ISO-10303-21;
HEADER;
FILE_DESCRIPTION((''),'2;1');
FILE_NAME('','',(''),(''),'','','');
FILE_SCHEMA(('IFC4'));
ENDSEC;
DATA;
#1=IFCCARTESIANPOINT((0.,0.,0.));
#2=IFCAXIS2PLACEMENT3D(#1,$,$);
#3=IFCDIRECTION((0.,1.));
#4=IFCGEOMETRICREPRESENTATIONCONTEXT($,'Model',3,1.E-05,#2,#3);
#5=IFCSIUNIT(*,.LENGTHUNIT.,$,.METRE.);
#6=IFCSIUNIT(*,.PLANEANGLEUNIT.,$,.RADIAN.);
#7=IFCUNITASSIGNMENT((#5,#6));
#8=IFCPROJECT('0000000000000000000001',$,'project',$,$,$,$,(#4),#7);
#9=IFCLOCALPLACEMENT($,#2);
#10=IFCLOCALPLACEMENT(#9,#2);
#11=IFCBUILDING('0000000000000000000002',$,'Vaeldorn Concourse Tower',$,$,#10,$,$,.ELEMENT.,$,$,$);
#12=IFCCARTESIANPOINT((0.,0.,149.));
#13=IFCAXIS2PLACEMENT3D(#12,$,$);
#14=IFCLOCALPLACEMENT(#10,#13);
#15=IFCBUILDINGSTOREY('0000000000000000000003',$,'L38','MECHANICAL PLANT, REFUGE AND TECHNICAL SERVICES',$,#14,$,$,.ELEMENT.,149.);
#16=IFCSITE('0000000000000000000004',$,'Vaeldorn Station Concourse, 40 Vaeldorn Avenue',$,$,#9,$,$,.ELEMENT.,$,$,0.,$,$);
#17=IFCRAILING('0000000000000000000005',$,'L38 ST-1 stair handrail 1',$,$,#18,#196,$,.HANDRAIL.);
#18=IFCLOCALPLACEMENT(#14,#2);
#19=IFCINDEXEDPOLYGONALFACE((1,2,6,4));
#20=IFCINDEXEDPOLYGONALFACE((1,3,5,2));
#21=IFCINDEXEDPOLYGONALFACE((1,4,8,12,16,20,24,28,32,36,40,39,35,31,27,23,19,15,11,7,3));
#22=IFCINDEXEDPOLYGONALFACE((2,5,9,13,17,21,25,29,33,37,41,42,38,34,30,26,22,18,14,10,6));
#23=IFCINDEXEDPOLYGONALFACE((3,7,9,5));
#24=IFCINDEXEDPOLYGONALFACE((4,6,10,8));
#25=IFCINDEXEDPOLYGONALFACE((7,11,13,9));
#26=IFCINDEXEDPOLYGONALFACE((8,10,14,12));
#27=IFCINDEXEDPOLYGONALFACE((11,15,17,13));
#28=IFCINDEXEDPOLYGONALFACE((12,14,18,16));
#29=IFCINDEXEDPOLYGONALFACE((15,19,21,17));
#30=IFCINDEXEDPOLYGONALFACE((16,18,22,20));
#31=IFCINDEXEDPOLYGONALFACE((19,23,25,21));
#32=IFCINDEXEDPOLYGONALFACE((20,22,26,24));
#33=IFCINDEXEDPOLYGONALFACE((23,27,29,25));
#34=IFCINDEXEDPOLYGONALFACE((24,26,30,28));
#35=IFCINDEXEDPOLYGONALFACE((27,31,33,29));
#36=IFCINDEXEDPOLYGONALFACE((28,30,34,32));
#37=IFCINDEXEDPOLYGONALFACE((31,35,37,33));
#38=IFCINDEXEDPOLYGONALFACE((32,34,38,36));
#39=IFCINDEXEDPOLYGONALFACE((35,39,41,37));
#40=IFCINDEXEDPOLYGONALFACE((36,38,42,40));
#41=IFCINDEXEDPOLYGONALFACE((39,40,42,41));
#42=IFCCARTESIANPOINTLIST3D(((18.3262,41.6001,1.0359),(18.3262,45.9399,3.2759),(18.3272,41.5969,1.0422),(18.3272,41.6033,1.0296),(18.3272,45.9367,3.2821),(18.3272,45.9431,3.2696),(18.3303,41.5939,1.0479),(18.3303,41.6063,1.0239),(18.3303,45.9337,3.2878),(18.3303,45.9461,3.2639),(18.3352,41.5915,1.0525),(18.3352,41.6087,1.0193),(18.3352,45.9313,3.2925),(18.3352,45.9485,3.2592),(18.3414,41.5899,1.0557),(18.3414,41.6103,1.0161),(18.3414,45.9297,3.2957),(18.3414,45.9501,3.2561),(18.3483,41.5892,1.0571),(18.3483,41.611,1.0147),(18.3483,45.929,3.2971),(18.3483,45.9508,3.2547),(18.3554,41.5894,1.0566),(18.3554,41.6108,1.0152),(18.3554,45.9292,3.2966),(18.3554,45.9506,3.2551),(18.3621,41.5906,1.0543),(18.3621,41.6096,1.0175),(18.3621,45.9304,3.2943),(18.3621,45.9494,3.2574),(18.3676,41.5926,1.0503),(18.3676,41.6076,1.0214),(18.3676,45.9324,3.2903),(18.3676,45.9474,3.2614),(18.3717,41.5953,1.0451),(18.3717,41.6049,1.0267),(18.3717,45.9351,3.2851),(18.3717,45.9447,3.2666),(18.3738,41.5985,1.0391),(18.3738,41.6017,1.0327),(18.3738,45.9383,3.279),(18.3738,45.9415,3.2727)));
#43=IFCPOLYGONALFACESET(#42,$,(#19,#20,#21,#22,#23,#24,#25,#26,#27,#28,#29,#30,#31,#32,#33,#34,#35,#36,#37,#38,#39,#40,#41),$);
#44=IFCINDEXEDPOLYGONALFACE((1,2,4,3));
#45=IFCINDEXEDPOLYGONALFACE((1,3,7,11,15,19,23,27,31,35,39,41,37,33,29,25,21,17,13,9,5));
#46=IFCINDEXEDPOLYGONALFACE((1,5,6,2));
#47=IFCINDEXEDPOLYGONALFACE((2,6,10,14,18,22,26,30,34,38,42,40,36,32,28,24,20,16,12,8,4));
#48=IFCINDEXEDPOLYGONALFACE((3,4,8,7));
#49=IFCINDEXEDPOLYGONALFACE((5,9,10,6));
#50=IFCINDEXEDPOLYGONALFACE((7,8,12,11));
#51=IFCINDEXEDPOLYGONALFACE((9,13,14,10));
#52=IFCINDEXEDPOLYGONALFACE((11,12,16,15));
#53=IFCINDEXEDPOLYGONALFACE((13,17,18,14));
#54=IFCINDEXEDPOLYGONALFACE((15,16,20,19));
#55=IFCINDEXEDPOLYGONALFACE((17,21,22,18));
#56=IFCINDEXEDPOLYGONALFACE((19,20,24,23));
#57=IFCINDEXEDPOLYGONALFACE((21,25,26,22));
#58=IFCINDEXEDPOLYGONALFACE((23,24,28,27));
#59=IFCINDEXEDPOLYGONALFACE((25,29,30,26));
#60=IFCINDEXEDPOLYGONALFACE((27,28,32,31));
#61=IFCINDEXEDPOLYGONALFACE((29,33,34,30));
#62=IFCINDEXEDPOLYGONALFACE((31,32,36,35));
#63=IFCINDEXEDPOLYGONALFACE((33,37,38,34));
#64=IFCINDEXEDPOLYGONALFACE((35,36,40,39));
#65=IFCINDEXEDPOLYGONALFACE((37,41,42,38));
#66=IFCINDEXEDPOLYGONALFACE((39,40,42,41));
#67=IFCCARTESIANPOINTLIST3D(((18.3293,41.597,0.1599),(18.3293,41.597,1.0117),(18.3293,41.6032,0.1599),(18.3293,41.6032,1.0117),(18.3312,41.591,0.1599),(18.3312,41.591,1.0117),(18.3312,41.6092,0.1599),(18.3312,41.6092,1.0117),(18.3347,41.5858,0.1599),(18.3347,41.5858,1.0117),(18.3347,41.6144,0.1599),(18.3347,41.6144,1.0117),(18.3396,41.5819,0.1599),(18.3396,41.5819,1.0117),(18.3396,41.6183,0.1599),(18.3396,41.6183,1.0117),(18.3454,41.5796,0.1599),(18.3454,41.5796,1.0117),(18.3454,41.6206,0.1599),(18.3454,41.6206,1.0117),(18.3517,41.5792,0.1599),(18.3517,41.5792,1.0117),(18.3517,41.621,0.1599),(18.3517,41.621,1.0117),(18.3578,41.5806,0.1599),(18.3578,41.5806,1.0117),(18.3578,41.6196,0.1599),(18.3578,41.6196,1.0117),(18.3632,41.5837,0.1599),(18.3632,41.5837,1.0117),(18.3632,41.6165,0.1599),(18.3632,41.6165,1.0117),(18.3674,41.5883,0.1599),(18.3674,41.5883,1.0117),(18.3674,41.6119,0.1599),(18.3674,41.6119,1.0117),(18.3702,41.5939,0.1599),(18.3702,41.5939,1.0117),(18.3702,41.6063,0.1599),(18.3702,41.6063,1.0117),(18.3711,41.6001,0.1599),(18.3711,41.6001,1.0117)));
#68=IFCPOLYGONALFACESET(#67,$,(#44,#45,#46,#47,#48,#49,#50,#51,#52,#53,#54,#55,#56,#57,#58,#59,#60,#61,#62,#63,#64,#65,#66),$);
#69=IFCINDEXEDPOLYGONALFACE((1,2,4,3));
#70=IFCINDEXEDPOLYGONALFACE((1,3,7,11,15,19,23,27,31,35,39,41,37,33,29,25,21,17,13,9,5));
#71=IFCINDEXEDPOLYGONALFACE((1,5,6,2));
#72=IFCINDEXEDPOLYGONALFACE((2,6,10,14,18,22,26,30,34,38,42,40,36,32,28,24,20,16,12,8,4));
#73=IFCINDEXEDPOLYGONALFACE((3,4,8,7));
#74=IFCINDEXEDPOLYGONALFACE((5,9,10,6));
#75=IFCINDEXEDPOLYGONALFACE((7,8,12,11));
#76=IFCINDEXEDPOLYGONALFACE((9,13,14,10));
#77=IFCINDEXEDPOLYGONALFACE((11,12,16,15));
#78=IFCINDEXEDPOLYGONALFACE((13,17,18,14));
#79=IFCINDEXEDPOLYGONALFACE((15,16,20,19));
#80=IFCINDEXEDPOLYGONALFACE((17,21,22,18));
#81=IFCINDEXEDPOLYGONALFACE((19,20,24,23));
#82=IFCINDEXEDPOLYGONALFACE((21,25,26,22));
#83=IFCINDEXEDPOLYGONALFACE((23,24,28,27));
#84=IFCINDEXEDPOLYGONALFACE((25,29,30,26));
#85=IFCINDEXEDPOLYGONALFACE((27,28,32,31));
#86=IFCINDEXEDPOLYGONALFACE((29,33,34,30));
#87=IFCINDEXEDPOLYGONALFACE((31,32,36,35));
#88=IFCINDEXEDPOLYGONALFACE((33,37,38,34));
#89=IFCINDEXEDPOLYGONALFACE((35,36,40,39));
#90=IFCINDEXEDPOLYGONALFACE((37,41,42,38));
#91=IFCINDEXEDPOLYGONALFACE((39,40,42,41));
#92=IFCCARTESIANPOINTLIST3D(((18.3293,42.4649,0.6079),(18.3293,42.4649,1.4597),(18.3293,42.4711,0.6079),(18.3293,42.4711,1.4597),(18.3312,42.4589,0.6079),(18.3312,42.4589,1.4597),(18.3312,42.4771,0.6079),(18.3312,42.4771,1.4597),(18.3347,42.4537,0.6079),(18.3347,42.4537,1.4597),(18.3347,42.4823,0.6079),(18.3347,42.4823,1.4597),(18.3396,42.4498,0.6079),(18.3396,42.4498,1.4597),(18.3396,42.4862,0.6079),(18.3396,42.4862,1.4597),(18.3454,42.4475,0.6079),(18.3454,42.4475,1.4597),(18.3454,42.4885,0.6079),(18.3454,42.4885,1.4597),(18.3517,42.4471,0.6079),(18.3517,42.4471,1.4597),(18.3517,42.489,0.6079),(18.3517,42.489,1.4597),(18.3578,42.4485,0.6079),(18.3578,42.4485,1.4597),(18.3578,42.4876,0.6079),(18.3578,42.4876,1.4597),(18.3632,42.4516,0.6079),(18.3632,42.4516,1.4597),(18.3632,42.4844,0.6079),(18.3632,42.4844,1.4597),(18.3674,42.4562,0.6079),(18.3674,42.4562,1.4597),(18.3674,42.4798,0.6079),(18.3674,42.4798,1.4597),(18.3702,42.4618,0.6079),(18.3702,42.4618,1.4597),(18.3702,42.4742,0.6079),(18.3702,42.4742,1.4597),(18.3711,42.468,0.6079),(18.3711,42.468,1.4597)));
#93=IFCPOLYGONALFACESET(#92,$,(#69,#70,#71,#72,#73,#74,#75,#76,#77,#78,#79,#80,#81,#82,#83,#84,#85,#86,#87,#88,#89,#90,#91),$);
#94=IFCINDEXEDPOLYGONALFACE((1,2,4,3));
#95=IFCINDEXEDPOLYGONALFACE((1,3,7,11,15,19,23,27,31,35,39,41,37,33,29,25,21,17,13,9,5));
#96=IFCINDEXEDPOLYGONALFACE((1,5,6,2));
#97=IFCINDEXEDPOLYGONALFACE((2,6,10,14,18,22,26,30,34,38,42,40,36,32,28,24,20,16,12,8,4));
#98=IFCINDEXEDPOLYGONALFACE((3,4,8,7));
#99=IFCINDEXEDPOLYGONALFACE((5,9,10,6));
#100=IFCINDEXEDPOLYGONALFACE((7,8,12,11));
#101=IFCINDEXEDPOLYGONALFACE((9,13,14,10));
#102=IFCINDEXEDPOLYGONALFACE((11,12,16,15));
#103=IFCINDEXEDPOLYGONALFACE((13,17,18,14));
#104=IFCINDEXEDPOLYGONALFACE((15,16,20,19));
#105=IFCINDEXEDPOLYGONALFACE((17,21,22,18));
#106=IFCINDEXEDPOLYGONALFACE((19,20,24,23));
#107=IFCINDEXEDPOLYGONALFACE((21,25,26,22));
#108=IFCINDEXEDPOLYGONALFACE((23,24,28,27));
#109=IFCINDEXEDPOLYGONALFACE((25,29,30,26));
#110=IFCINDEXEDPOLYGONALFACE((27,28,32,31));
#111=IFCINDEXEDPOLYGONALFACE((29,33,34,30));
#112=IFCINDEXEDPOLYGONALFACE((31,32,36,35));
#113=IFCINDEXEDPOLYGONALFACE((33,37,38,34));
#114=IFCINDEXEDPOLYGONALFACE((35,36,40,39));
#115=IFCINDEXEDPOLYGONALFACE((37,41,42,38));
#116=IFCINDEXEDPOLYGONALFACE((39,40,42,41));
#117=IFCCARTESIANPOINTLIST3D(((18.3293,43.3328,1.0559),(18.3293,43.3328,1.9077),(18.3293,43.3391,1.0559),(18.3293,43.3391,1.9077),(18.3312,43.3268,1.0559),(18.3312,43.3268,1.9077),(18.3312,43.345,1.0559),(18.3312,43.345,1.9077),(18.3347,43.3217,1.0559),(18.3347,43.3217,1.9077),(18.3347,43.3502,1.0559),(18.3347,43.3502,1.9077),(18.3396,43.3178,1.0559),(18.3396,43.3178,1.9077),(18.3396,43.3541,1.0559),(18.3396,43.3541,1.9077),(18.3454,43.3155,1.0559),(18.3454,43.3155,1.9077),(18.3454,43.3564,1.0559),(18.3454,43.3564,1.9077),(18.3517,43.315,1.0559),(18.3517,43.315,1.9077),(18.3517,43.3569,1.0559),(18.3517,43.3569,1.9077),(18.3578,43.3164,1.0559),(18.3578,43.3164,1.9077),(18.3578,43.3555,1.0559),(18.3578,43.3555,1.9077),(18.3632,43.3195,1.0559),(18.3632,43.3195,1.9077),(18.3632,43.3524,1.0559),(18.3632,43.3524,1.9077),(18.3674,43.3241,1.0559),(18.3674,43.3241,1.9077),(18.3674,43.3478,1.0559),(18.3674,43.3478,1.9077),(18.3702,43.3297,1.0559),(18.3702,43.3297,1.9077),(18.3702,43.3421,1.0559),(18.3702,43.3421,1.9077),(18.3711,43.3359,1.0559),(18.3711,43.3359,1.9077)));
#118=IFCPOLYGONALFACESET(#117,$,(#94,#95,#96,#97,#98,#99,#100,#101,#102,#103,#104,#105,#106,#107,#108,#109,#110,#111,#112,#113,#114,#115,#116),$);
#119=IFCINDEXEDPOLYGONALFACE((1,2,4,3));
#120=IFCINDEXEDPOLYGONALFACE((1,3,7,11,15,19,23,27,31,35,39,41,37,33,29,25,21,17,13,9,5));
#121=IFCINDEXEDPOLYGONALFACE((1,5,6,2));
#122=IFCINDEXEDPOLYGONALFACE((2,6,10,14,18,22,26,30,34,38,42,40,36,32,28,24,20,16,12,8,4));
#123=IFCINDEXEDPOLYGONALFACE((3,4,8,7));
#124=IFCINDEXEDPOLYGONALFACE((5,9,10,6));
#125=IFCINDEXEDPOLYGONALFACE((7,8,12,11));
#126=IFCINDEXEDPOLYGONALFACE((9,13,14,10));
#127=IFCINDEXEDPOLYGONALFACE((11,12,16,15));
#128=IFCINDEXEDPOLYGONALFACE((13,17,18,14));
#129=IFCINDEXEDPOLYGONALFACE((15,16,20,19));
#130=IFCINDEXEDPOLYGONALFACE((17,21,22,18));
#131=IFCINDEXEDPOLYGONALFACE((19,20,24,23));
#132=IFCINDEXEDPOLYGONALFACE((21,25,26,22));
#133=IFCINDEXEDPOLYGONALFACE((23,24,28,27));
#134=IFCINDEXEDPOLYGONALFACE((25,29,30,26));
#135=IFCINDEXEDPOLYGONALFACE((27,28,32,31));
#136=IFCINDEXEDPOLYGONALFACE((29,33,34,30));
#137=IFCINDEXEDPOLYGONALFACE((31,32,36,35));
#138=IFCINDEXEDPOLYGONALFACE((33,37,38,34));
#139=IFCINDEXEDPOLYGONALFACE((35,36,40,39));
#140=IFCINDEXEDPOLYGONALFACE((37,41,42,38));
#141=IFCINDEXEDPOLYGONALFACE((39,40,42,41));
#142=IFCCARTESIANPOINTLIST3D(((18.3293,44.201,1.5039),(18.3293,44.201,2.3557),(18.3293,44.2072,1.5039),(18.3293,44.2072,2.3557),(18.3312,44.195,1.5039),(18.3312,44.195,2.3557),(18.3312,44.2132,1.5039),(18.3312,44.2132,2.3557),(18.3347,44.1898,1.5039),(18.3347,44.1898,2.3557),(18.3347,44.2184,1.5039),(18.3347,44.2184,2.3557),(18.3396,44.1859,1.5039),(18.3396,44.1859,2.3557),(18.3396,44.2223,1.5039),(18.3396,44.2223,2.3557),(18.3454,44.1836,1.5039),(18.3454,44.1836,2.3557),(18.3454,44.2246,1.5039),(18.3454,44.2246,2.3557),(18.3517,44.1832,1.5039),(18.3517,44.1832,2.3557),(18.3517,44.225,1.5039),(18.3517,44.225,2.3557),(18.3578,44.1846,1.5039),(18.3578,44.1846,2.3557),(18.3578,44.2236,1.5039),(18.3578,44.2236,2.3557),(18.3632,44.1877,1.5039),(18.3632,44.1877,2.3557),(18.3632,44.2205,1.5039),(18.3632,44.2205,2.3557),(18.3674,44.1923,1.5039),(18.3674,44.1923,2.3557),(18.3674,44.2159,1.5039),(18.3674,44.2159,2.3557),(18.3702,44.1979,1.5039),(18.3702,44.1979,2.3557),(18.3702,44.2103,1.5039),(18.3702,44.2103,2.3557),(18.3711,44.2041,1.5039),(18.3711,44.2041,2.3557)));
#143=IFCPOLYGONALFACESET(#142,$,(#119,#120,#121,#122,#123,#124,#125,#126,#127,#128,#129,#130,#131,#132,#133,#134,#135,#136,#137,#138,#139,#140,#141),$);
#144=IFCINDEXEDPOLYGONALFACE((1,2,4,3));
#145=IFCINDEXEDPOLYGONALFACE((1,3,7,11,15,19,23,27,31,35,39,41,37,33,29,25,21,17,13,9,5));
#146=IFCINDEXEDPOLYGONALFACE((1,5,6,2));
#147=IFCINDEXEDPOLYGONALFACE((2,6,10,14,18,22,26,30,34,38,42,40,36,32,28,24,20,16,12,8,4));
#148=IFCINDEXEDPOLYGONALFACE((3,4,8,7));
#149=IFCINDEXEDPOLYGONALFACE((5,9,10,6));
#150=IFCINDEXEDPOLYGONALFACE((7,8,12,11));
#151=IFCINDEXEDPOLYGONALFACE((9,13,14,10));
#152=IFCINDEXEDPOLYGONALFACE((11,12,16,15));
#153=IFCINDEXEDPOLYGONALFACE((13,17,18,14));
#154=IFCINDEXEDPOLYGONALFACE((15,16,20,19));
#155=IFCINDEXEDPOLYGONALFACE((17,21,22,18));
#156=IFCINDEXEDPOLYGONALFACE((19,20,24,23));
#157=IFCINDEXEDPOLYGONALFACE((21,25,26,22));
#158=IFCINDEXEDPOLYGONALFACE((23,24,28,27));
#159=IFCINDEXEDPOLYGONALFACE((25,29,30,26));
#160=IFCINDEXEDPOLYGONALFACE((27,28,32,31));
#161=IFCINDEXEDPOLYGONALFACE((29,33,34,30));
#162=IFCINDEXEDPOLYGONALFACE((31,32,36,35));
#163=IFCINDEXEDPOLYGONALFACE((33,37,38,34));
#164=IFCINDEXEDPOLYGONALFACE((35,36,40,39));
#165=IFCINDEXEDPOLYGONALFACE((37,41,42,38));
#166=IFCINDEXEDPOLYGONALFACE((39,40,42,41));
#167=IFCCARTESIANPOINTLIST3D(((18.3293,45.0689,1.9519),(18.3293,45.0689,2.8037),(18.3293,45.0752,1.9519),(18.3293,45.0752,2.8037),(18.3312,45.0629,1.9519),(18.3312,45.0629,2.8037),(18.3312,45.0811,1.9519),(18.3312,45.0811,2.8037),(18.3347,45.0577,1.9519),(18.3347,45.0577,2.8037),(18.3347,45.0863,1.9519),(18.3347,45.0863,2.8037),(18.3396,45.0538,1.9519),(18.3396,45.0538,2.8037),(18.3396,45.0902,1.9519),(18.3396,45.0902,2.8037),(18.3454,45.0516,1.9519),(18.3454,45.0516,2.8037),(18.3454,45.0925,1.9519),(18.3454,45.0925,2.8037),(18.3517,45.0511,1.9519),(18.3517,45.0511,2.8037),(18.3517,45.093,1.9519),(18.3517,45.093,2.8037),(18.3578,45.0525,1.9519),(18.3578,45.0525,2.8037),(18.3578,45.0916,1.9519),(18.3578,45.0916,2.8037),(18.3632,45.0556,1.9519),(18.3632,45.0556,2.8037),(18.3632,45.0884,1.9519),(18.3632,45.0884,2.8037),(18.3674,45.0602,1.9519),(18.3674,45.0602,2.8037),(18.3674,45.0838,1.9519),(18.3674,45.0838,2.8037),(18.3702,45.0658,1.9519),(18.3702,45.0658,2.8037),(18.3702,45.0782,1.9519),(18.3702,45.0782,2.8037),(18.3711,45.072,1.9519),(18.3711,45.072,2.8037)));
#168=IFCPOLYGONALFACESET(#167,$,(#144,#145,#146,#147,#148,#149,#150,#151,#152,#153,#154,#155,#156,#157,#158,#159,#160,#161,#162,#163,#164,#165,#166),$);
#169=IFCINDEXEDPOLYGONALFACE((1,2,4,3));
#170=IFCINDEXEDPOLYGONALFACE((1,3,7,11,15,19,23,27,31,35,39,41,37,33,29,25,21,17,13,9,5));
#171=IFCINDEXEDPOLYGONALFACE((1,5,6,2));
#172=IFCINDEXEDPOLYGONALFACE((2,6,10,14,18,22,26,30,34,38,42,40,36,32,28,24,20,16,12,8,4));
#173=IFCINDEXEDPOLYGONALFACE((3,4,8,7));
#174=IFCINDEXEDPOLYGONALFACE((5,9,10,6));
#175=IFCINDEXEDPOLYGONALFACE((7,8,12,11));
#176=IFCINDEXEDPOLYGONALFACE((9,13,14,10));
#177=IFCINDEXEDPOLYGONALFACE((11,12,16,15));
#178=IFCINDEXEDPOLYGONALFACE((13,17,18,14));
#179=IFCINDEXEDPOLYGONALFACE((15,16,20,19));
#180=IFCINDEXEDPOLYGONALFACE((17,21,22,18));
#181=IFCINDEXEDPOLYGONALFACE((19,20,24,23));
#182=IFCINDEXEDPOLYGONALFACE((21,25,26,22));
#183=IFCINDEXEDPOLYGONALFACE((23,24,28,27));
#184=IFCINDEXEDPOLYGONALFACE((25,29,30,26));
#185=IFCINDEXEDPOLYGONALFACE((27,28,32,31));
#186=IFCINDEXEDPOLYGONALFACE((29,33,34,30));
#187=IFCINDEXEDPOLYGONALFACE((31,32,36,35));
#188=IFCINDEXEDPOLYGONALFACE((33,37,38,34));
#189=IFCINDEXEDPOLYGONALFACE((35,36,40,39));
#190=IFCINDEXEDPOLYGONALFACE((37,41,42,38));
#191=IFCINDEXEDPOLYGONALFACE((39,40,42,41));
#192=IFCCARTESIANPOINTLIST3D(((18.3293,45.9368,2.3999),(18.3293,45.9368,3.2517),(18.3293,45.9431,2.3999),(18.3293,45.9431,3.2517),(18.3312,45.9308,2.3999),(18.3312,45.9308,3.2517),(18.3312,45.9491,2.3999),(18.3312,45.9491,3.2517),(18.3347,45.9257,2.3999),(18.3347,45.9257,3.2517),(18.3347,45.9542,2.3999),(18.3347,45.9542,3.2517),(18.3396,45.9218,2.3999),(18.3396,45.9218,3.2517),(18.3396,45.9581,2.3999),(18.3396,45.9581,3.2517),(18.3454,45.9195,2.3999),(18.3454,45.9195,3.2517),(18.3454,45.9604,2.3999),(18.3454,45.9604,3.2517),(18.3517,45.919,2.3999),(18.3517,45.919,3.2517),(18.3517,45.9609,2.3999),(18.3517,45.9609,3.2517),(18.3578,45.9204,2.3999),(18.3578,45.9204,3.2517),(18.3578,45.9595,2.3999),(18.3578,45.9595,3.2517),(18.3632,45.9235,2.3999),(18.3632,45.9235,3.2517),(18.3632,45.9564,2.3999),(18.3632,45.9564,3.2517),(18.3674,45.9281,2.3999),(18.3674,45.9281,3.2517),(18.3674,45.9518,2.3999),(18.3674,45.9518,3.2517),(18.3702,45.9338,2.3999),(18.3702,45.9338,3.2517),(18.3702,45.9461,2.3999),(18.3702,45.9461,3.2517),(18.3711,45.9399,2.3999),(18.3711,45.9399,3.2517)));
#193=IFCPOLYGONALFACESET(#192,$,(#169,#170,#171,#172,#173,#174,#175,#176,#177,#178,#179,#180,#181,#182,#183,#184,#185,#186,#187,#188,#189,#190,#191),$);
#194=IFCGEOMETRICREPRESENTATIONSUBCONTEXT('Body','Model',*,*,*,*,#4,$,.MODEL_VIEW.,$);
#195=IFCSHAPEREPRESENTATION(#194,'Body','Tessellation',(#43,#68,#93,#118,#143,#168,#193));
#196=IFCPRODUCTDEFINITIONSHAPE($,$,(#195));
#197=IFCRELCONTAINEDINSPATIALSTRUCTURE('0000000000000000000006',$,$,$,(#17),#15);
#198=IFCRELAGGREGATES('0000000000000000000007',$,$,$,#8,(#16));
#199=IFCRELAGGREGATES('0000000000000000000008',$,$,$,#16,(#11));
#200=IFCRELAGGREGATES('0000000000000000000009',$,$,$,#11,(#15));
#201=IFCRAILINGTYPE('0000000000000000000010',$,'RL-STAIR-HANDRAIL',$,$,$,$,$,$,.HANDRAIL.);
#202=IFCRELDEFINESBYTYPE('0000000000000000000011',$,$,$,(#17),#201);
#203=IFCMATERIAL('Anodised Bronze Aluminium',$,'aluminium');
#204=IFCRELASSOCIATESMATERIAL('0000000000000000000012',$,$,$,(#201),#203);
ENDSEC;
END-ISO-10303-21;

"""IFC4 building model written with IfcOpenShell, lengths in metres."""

from ifc_helpers import new_model, si_unit, direction, frame, origin, origin_2d, place, context, subcontext, project, spatial, circle, extrude, material, type_object, element, save


model = new_model("IFC4")

# Units and contexts
model_context = context("Model", 3, precision=1e-05, world=origin(), true_north=direction((0.0, 1.0)))
body_context = subcontext(model_context, "Body", "Model", "MODEL_VIEW")
ifc_project = project(units=[si_unit("LENGTHUNIT", "METRE"), si_unit("PLANEANGLEUNIT", "RADIAN")], contexts=[model_context])

# Site, building, storey
site_placement = place(None, origin())
site = spatial("IfcSite", under=ifc_project, at=site_placement, Name="Vaeldorn Station Concourse, 40 Vaeldorn Avenue", CompositionType="ELEMENT", RefElevation=0.0)
building_placement = place(site_placement, origin())
building = spatial("IfcBuilding", under=site, at=building_placement, Name="Vaeldorn Concourse Tower", CompositionType="ELEMENT")
storey_placement = place(building_placement, frame((0.0, 0.0, 149.0)))
storey = spatial("IfcBuildingStorey", under=building, at=storey_placement, Name="L38", Description="MECHANICAL PLANT, REFUGE AND TECHNICAL SERVICES", CompositionType="ELEMENT", Elevation=149.0)

# Railing
ifc_material_1 = material(Name="Anodised Bronze Aluminium", Category="aluminium")
railing_type_1 = type_object("IfcRailingType", Name="RL-STAIR-HANDRAIL", PredefinedType="HANDRAIL", material=ifc_material_1)
railing_1_placement = place(storey_placement, frame((18.3501, 41.6001, 0.1599)))
element("IfcRailing", 1, at=railing_1_placement, inside=storey, type_object=railing_type_1, Name="L38 ST-1 stair handrail 1", PredefinedType="HANDRAIL", context=body_context, shape_type="SweptSolid", body=[
    extrude(circle(Radius=0.0239, at=origin_2d()), frame((0.0, 0.0, 0.876), z_axis=(0.0, 0.888615, 0.458654), x_axis=(-1.0, 0.0, 0.0)), (0.0, 0.0, 1.0), 4.8838),
    extrude(circle(Radius=0.021, at=origin_2d()), origin(), (0.0, 0.0, 1.0), 0.8518),
    extrude(circle(Radius=0.021, at=origin_2d()), frame((0.0, 0.8679, 0.448)), (0.0, 0.0, 1.0), 0.8518),
    extrude(circle(Radius=0.021, at=origin_2d()), frame((0.0, 1.7358, 0.896)), (0.0, 0.0, 1.0), 0.8518),
    extrude(circle(Radius=0.021, at=origin_2d()), frame((0.0, 2.604, 1.344)), (0.0, 0.0, 1.0), 0.8518),
    extrude(circle(Radius=0.021, at=origin_2d()), frame((0.0, 3.4719, 1.792)), (0.0, 0.0, 1.0), 0.8518),
    extrude(circle(Radius=0.021, at=origin_2d()), frame((0.0, 4.3398, 2.24)), (0.0, 0.0, 1.0), 0.8518),
])

save(model, "model.ifc")
